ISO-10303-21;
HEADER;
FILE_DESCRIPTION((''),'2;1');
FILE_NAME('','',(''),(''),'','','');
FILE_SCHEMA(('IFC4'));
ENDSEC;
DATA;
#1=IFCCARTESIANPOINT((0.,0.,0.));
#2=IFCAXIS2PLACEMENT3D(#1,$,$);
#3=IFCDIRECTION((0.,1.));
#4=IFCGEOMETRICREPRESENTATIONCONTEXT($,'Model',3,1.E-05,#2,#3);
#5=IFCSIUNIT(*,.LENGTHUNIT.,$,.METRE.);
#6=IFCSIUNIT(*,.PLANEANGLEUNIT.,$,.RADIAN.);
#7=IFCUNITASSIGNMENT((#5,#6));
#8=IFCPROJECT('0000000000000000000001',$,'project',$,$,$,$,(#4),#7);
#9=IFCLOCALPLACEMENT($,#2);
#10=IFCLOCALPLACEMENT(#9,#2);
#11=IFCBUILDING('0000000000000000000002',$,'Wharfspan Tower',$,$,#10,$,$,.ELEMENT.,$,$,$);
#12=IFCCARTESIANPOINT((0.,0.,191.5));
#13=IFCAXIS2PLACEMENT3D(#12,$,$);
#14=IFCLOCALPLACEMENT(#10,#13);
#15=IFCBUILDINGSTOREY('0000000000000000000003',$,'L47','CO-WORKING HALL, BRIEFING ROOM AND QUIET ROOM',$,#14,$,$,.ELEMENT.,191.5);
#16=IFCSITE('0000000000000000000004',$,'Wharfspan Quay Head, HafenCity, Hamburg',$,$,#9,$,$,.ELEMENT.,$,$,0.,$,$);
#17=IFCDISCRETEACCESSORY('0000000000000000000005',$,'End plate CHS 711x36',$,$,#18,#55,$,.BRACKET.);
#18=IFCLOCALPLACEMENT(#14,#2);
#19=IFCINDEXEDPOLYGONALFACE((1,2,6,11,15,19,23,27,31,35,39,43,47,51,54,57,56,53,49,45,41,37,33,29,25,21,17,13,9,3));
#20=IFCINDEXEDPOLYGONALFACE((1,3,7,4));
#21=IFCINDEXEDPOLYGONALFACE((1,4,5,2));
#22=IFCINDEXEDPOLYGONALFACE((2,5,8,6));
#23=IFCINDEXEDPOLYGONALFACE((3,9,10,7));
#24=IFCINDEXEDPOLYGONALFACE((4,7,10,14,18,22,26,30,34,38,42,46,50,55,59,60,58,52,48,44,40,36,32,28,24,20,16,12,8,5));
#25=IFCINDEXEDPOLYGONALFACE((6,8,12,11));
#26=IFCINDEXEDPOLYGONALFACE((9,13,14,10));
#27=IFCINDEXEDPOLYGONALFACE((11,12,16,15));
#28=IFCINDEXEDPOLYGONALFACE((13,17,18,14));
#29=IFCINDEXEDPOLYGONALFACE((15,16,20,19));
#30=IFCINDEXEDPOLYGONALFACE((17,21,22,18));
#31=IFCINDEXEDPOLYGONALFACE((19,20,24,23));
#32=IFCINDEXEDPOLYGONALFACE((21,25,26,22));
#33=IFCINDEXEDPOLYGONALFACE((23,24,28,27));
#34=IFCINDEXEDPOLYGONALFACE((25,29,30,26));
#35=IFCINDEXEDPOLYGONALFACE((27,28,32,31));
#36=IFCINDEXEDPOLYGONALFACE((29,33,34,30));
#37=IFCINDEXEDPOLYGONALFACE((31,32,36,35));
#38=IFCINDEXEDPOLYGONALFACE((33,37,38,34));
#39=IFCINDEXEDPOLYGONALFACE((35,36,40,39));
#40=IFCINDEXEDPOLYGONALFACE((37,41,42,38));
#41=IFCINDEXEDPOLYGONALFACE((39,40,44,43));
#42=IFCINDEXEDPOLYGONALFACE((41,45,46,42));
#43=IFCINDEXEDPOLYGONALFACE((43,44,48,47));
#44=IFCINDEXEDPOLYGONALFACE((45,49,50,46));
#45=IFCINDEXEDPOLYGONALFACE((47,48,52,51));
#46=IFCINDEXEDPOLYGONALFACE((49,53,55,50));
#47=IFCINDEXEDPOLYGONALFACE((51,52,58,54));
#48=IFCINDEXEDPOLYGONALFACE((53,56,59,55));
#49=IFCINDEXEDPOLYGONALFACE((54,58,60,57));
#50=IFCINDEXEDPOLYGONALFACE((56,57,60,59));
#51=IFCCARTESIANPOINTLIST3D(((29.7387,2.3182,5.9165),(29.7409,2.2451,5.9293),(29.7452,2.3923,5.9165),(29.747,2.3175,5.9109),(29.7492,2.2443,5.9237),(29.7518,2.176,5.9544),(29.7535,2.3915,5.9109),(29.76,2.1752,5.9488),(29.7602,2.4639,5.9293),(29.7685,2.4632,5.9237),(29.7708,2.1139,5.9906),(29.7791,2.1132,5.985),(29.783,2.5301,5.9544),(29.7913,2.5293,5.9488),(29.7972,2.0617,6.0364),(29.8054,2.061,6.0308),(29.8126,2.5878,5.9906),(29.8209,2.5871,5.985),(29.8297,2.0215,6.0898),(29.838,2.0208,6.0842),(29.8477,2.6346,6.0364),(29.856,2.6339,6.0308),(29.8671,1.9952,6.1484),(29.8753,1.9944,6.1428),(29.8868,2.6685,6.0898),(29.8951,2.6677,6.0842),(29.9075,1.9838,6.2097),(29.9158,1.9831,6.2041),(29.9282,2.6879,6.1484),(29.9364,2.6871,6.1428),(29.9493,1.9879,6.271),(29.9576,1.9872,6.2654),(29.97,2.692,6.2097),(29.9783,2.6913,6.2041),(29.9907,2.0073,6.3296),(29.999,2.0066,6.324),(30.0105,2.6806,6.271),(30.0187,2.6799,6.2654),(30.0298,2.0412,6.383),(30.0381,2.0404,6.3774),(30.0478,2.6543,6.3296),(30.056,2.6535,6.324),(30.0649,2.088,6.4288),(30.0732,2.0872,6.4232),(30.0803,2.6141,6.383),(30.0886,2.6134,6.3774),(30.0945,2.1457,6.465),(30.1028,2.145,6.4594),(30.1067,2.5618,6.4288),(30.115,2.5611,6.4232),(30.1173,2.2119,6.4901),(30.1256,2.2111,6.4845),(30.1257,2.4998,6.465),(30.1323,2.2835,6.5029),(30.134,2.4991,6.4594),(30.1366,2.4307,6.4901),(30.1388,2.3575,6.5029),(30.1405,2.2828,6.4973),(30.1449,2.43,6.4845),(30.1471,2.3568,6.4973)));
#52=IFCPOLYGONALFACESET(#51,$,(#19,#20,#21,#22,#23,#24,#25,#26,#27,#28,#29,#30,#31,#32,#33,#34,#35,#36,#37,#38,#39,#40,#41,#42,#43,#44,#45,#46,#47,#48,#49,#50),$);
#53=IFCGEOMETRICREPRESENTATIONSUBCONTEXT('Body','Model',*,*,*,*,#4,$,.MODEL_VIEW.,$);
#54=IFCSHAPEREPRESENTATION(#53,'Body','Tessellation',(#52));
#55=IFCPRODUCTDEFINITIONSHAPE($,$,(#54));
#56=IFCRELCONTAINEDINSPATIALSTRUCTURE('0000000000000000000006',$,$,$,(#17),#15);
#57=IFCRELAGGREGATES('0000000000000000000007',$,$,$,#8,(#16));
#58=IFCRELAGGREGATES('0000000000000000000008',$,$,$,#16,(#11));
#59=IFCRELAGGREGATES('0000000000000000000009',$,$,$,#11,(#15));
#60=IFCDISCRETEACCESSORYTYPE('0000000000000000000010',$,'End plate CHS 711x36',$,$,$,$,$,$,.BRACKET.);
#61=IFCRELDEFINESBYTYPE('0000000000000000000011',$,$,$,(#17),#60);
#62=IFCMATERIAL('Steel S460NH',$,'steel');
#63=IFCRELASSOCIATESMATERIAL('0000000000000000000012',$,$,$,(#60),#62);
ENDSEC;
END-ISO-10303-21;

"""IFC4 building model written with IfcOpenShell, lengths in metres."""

from ifc_helpers import new_model, si_unit, direction, frame, origin, origin_2d, place, context, subcontext, project, spatial, circle, extrude, material, material_profile, profile_set, type_object, element, save


model = new_model("IFC4")

# Units and contexts
model_context = context("Model", 3, precision=1e-05, world=origin(), true_north=direction((0.0, 1.0)))
body_context = subcontext(model_context, "Body", "Model", "MODEL_VIEW")
ifc_project = project(units=[si_unit("LENGTHUNIT", "METRE"), si_unit("PLANEANGLEUNIT", "RADIAN")], contexts=[model_context])

# Site, building, storey
site_placement = place(None, origin())
site = spatial("IfcSite", under=ifc_project, at=site_placement, Name="Wharfspan Quay Head, HafenCity, Hamburg", CompositionType="ELEMENT", RefElevation=0.0)
building_placement = place(site_placement, origin())
building = spatial("IfcBuilding", under=site, at=building_placement, Name="Wharfspan Tower", CompositionType="ELEMENT")
storey_placement = place(building_placement, frame((0.0, 0.0, 191.5)))
storey = spatial("IfcBuildingStorey", under=building, at=storey_placement, Name="L47", Description="CO-WORKING HALL, BRIEFING ROOM AND QUIET ROOM", CompositionType="ELEMENT", Elevation=191.5)

# Shared definitions
ifc_material_1 = material(Name="Steel S460NH", Category="steel")

# Discrete accessory
ifc_material_profile_1 = material_profile(ifc_material_1, circle(Radius=0.3555, at=origin_2d()))
ifc_profile_set_1 = profile_set([ifc_material_profile_1], Name="Steel S460NH")
discrete_accessory_type = type_object("IfcDiscreteAccessoryType", Name="End plate CHS 711x36", PredefinedType="BRACKET", material=ifc_profile_set_1)
discrete_accessory_1_placement = place(storey_placement, frame((29.947, 2.3372, 6.2041), z_axis=(-0.82608, 0.072889, 0.558819), x_axis=(-0.087894, -0.99613, -0.000001)))
element("IfcDiscreteAccessory", 1, at=discrete_accessory_1_placement, inside=storey, type_object=discrete_accessory_type, Name="End plate CHS 711x36", PredefinedType="BRACKET", context=body_context, shape_type="SweptSolid", body=[
    extrude(circle(Radius=0.3555, at=origin_2d()), origin(), (0.0, 0.0, 1.0), 0.01),
])

save(model, "model.ifc")
